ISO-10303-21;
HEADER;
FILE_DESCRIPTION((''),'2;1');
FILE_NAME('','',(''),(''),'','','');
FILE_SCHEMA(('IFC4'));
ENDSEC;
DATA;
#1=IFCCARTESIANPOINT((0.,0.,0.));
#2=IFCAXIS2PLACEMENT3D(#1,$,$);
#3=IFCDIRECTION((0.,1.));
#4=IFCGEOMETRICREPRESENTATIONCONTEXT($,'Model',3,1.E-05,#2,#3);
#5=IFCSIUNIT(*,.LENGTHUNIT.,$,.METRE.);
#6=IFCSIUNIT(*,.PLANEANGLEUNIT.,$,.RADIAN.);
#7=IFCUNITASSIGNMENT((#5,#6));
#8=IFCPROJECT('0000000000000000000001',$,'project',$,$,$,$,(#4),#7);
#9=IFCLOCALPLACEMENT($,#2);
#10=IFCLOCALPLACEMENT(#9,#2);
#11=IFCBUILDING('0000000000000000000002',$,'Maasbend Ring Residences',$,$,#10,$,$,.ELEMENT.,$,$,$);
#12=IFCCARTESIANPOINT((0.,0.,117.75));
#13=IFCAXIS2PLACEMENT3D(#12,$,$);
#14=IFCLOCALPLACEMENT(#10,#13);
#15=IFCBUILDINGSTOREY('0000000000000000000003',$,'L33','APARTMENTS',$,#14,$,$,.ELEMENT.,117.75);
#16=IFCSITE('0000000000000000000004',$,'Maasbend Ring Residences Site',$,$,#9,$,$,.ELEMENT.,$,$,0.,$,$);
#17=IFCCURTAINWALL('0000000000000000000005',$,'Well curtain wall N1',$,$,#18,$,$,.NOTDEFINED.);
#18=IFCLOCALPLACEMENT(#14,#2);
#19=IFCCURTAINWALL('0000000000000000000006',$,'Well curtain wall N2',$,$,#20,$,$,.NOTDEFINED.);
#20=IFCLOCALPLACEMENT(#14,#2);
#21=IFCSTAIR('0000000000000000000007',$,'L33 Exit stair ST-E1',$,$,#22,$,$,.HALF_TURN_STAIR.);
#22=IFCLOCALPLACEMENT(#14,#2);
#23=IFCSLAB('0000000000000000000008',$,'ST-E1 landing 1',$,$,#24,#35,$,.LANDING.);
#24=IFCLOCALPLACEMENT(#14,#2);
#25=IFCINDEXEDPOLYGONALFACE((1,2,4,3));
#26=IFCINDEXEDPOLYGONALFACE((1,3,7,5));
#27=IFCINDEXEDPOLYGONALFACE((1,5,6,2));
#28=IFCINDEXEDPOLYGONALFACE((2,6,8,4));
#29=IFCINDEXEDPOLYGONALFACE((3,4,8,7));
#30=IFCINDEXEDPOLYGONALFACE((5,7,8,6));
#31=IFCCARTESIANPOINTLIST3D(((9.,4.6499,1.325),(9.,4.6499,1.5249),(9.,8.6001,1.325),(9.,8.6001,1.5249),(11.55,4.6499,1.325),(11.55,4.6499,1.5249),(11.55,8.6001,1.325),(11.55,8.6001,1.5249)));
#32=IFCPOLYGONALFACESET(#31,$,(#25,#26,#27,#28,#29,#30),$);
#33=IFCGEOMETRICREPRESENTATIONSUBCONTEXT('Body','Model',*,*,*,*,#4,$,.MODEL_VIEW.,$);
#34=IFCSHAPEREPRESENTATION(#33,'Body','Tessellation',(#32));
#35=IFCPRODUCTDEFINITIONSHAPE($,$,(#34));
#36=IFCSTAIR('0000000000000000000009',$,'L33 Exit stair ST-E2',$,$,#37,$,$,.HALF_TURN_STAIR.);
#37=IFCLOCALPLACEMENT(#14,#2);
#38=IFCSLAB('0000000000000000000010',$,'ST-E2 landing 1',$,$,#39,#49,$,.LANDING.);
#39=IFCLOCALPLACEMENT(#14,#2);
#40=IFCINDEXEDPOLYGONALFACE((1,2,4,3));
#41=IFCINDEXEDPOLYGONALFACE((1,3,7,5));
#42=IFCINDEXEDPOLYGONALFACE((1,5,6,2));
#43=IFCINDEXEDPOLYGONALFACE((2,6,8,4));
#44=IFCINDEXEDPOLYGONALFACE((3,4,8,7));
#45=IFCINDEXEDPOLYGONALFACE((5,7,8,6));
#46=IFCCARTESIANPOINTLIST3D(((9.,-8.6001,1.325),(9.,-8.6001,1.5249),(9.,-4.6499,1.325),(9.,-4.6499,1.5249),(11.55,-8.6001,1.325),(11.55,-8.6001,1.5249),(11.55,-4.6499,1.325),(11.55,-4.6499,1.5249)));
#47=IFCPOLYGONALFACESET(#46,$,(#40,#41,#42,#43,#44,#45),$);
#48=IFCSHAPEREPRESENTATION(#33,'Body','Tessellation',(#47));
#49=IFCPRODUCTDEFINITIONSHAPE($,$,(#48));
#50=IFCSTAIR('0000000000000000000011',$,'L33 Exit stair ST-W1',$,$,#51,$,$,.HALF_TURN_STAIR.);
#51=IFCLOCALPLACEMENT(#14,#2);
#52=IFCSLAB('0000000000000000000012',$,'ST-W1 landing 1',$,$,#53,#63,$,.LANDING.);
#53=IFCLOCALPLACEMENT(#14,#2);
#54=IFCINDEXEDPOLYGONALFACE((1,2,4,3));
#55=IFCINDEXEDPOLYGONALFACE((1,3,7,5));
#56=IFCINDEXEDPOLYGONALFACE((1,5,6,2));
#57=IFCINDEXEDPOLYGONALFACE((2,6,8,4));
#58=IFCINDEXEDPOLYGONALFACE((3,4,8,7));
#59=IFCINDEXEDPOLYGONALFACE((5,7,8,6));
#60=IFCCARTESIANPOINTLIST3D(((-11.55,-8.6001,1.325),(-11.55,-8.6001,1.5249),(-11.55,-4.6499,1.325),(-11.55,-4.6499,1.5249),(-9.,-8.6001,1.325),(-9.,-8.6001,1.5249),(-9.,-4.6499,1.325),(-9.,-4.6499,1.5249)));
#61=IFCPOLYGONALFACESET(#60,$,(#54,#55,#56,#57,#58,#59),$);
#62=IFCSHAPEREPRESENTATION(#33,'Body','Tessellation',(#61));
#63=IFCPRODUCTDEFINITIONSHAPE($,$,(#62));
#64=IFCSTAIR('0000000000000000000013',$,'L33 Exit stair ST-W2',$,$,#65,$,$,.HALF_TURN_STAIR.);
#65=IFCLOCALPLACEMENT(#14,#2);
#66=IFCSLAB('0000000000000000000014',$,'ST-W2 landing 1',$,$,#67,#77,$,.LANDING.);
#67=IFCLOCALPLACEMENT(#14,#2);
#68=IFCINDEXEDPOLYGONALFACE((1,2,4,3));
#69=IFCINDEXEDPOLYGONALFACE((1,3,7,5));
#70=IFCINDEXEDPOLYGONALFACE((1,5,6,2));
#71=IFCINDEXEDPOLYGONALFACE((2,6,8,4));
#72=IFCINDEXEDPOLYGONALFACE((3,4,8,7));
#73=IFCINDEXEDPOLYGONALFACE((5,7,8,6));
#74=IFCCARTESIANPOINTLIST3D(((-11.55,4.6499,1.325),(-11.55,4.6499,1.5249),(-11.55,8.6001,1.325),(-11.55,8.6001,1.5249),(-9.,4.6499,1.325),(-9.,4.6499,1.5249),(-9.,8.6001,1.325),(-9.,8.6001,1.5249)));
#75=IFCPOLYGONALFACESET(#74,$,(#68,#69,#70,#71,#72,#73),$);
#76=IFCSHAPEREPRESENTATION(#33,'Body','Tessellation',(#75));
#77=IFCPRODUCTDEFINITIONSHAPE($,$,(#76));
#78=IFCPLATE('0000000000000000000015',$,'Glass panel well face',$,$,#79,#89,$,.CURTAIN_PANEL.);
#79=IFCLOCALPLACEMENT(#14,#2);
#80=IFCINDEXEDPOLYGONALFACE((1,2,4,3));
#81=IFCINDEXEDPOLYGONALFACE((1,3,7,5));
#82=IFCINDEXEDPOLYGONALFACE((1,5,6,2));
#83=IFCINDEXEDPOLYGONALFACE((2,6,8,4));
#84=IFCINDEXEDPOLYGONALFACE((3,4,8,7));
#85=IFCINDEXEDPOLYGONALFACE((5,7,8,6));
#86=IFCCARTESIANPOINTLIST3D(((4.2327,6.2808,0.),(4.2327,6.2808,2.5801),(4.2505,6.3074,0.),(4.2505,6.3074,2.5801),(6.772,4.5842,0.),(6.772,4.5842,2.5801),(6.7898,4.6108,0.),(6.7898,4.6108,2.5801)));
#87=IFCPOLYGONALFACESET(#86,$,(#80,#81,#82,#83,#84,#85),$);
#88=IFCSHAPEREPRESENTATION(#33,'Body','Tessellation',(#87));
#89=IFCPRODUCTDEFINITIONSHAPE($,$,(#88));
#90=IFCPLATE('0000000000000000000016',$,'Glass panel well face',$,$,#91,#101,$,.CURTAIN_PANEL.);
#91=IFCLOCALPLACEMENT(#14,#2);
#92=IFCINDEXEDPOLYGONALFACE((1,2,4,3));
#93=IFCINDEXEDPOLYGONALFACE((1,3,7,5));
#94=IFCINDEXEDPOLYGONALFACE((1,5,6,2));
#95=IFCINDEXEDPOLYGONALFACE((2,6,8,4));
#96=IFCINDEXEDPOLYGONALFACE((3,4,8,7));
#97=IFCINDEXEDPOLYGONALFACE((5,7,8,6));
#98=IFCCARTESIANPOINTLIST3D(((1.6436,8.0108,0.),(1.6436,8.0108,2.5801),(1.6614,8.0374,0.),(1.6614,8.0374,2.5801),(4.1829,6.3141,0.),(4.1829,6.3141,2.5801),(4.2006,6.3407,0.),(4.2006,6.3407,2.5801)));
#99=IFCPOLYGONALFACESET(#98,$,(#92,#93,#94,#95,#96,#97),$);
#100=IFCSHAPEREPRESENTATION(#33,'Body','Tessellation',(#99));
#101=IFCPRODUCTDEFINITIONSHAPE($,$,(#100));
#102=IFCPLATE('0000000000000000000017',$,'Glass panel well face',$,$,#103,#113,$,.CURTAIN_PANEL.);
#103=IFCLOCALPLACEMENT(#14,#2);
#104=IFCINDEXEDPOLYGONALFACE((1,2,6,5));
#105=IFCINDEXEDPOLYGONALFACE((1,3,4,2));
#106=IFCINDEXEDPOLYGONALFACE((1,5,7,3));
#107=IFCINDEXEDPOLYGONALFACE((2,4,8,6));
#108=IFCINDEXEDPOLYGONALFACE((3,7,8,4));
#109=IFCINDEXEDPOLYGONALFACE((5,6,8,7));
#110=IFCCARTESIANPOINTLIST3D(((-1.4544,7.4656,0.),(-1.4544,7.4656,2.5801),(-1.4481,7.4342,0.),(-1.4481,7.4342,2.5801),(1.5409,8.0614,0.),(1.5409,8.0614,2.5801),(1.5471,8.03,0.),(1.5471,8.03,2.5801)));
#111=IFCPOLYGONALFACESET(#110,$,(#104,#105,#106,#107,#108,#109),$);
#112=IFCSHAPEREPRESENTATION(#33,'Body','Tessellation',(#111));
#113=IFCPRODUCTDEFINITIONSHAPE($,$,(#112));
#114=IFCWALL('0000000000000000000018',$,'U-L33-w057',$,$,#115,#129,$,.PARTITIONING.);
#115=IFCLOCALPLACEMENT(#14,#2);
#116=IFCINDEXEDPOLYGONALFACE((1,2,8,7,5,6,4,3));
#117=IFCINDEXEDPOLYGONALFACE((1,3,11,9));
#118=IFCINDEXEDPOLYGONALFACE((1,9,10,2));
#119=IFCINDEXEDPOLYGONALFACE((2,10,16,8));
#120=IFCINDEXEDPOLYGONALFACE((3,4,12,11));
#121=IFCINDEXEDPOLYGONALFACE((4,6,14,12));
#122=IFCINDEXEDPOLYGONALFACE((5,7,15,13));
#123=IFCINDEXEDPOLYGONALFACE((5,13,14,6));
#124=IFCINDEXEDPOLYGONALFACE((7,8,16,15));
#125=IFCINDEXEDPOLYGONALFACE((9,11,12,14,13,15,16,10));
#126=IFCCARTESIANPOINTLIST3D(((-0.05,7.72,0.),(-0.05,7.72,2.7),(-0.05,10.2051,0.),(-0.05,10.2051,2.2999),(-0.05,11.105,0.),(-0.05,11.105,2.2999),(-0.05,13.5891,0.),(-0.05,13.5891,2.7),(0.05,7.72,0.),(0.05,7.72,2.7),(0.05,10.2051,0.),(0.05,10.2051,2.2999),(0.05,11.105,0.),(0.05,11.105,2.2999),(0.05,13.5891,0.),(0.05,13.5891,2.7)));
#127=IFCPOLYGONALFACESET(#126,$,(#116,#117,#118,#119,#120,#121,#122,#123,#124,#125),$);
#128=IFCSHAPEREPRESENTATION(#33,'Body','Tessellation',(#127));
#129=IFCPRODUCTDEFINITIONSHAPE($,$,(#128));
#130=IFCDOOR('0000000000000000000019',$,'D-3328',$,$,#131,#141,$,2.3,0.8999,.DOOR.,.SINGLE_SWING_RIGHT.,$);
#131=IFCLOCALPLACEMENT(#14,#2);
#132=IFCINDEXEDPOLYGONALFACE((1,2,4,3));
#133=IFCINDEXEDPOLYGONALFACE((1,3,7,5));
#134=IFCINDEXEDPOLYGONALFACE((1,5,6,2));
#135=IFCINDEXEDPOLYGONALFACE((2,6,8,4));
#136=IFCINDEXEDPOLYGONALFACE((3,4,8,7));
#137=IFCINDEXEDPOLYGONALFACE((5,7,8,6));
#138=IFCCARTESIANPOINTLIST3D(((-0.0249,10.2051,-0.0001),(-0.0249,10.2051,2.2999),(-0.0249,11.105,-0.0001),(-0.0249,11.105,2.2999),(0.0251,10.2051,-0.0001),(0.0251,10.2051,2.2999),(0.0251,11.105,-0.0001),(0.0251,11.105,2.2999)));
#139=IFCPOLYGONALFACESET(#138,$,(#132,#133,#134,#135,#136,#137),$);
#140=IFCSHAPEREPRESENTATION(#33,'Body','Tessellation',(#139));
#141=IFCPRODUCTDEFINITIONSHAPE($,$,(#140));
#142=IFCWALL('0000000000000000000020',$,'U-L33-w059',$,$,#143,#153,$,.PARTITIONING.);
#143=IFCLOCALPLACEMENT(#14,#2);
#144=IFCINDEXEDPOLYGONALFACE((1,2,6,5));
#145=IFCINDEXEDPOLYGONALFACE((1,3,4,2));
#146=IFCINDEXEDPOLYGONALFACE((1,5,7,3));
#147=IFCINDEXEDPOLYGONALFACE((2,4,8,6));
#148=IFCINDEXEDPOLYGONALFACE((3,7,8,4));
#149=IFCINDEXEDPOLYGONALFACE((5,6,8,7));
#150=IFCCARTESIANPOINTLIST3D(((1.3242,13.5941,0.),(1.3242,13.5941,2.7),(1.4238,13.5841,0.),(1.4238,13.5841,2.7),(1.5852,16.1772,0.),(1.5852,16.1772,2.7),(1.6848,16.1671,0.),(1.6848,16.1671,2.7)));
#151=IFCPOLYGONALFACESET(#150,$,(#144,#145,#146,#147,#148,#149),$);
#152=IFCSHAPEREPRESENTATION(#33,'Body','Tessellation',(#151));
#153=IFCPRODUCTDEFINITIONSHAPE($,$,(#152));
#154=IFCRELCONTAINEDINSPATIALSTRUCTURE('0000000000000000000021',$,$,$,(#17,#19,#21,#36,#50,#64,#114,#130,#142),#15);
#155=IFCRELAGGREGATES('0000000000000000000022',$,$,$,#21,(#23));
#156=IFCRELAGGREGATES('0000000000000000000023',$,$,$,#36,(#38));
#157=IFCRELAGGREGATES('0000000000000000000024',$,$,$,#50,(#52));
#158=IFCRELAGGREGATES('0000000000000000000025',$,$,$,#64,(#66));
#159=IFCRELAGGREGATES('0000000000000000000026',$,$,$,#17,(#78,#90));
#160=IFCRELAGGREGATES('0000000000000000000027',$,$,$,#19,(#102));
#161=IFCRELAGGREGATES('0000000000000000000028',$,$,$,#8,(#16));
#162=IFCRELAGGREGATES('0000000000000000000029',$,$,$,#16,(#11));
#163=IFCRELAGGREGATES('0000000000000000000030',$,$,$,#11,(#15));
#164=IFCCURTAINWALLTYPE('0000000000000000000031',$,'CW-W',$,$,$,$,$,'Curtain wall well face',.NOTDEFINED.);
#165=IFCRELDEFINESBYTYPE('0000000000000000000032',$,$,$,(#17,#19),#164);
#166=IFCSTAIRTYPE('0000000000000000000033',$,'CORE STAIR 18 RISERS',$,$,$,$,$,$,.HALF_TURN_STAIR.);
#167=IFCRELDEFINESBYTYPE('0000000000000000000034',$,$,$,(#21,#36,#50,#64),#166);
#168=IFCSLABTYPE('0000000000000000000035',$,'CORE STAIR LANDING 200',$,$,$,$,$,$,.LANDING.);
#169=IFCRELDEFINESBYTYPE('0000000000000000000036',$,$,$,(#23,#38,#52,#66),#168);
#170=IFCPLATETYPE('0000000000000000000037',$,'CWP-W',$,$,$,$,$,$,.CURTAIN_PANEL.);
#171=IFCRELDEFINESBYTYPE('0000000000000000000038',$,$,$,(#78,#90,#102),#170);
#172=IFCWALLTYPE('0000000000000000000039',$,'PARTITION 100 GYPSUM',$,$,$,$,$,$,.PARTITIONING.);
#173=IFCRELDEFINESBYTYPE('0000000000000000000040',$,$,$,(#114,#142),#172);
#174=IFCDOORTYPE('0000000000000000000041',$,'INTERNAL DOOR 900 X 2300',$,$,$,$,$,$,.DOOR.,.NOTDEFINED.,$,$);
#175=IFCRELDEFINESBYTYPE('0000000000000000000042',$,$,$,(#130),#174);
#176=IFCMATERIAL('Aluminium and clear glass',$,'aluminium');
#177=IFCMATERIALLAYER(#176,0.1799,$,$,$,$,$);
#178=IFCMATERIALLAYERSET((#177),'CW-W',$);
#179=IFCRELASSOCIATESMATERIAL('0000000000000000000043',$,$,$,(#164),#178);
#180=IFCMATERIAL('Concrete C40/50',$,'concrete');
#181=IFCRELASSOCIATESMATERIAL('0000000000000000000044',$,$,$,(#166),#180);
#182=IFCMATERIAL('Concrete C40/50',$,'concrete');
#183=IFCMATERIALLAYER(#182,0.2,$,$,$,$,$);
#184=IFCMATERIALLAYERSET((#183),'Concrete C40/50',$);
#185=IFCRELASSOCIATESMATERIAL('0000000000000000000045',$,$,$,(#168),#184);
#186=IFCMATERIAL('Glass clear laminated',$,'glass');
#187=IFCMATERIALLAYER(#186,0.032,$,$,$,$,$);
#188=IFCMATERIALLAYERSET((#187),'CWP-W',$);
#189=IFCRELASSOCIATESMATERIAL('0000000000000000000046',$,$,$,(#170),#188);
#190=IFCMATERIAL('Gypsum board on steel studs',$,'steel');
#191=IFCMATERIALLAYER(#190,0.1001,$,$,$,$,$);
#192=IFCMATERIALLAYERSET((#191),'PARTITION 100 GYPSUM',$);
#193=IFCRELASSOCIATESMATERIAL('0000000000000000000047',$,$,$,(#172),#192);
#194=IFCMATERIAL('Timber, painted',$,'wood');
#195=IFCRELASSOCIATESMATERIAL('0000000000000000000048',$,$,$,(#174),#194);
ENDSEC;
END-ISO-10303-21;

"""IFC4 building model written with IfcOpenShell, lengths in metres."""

from ifc_helpers import new_model, si_unit, direction, frame, frame_2d, origin, origin_2d, place, context, subcontext, project, spatial, polyline, rectangle, outline, extrude, material, layer, layer_set, type_object, element, fill, aggregate, save


model = new_model("IFC4")

# Units and contexts
model_context = context("Model", 3, precision=1e-05, world=origin(), true_north=direction((0.0, 1.0)))
body_context = subcontext(model_context, "Body", "Model", "MODEL_VIEW")
ifc_project = project(units=[si_unit("LENGTHUNIT", "METRE"), si_unit("PLANEANGLEUNIT", "RADIAN")], contexts=[model_context])

# Site, building, storey
site_placement = place(None, origin())
site = spatial("IfcSite", under=ifc_project, at=site_placement, Name="Maasbend Ring Residences Site", CompositionType="ELEMENT", RefElevation=0.0)
building_placement = place(site_placement, origin())
building = spatial("IfcBuilding", under=site, at=building_placement, Name="Maasbend Ring Residences", CompositionType="ELEMENT")
storey_placement = place(building_placement, frame((0.0, 0.0, 117.75)))
storey = spatial("IfcBuildingStorey", under=building, at=storey_placement, Name="L33", Description="APARTMENTS", CompositionType="ELEMENT", Elevation=117.75)

# Curtain wall
ifc_material_1 = material(Name="Aluminium and clear glass", Category="aluminium")
ifc_layer_1 = layer(ifc_material_1, 0.1799)
ifc_layer_set_1 = layer_set([ifc_layer_1], Name="CW-W")
curtain_wall_type = type_object("IfcCurtainWallType", Name="CW-W", ElementType="Curtain wall well face", PredefinedType="NOTDEFINED", material=ifc_layer_set_1)
curtain_wall_1_placement = place(storey_placement, origin())
curtain_wall_1 = element("IfcCurtainWall", 1, at=curtain_wall_1_placement, inside=storey, type_object=curtain_wall_type, Name="Well curtain wall N1", PredefinedType="NOTDEFINED")

# Curtain wall
curtain_wall_2_placement = place(storey_placement, origin())
curtain_wall_2 = element("IfcCurtainWall", 2, at=curtain_wall_2_placement, inside=storey, type_object=curtain_wall_type, Name="Well curtain wall N2", PredefinedType="NOTDEFINED")

# Stairs, slabs
ifc_material_2 = material(Name="Concrete C40/50", Category="concrete")
stair_type = type_object("IfcStairType", Name="CORE STAIR 18 RISERS", PredefinedType="HALF_TURN_STAIR", material=ifc_material_2)
stair_1_placement = place(storey_placement, origin())
stair_1 = element("IfcStair", 3, at=stair_1_placement, inside=storey, type_object=stair_type, Name="L33 Exit stair ST-E1", PredefinedType="HALF_TURN_STAIR")
ifc_material_3 = material(Name="Concrete C40/50", Category="concrete")
ifc_layer_2 = layer(ifc_material_3, 0.2)
ifc_layer_set_2 = layer_set([ifc_layer_2], Name="Concrete C40/50")
slab_type = type_object("IfcSlabType", Name="CORE STAIR LANDING 200", PredefinedType="LANDING", material=ifc_layer_set_2)
slab_1_placement = place(storey_placement, frame((0.0, 0.0, 1.325)))
slab_1 = element("IfcSlab", 4, at=slab_1_placement, type_object=slab_type, Name="ST-E1 landing 1", PredefinedType="LANDING", context=body_context, shape_type="SweptSolid", body=[
    extrude(outline(polyline([(11.55, 8.6001), (9.0, 8.6001), (9.0, 4.6499), (11.55, 4.6499), (11.55, 8.6001)])), origin(), (0.0, 0.0, 1.0), 0.2),
])
aggregate(stair_1, [slab_1])
stair_2_placement = place(storey_placement, origin())
stair_2 = element("IfcStair", 5, at=stair_2_placement, inside=storey, type_object=stair_type, Name="L33 Exit stair ST-E2", PredefinedType="HALF_TURN_STAIR")
slab_2_placement = place(storey_placement, frame((0.0, 0.0, 1.325)))
slab_2 = element("IfcSlab", 6, at=slab_2_placement, type_object=slab_type, Name="ST-E2 landing 1", PredefinedType="LANDING", context=body_context, shape_type="SweptSolid", body=[
    extrude(outline(polyline([(11.55, -4.6499), (9.0, -4.6499), (9.0, -8.6001), (11.55, -8.6001), (11.55, -4.6499)])), origin(), (0.0, 0.0, 1.0), 0.2),
])
aggregate(stair_2, [slab_2])
stair_3_placement = place(storey_placement, origin())
stair_3 = element("IfcStair", 7, at=stair_3_placement, inside=storey, type_object=stair_type, Name="L33 Exit stair ST-W1", PredefinedType="HALF_TURN_STAIR")
slab_3_placement = place(storey_placement, frame((0.0, 0.0, 1.325)))
slab_3 = element("IfcSlab", 8, at=slab_3_placement, type_object=slab_type, Name="ST-W1 landing 1", PredefinedType="LANDING", context=body_context, shape_type="SweptSolid", body=[
    extrude(outline(polyline([(-11.55, -8.6001), (-9.0, -8.6001), (-9.0, -4.6499), (-11.55, -4.6499), (-11.55, -8.6001)])), origin(), (0.0, 0.0, 1.0), 0.2),
])
aggregate(stair_3, [slab_3])
stair_4_placement = place(storey_placement, origin())
stair_4 = element("IfcStair", 9, at=stair_4_placement, inside=storey, type_object=stair_type, Name="L33 Exit stair ST-W2", PredefinedType="HALF_TURN_STAIR")
slab_4_placement = place(storey_placement, frame((0.0, 0.0, 1.325)))
slab_4 = element("IfcSlab", 10, at=slab_4_placement, type_object=slab_type, Name="ST-W2 landing 1", PredefinedType="LANDING", context=body_context, shape_type="SweptSolid", body=[
    extrude(outline(polyline([(-11.55, 4.6499), (-9.0, 4.6499), (-9.0, 8.6001), (-11.55, 8.6001), (-11.55, 4.6499)])), origin(), (0.0, 0.0, 1.0), 0.2),
])
aggregate(stair_4, [slab_4])

# Plates
ifc_material_4 = material(Name="Glass clear laminated", Category="glass")
ifc_layer_3 = layer(ifc_material_4, 0.032)
ifc_layer_set_3 = layer_set([ifc_layer_3], Name="CWP-W")
plate_type = type_object("IfcPlateType", Name="CWP-W", PredefinedType="CURTAIN_PANEL", material=ifc_layer_set_3)
plate_1_placement = place(storey_placement, frame((5.5112, 5.4458, 0.0), z_axis=(0.0, 0.0, 1.0), x_axis=(-0.83147, 0.55557, 0.0)))
plate_1 = element("IfcPlate", 11, at=plate_1_placement, type_object=plate_type, Name="Glass panel well face", PredefinedType="CURTAIN_PANEL", context=body_context, shape_type="SweptSolid", body=[
    extrude(rectangle(XDim=3.054, YDim=0.032, at=origin_2d()), origin(), (0.0, 0.0, 1.0), 2.5801),
])
plate_2_placement = place(storey_placement, frame((2.9221, 7.1758, 0.0), z_axis=(0.0, 0.0, 1.0), x_axis=(-0.83147, 0.55557, 0.0)))
plate_2 = element("IfcPlate", 12, at=plate_2_placement, type_object=plate_type, Name="Glass panel well face", PredefinedType="CURTAIN_PANEL", context=body_context, shape_type="SweptSolid", body=[
    extrude(rectangle(XDim=3.054, YDim=0.032, at=origin_2d()), origin(), (0.0, 0.0, 1.0), 2.5801),
])
aggregate(curtain_wall_1, [plate_1, plate_2])
plate_3_placement = place(storey_placement, frame((0.0464, 7.7478, 0.0), z_axis=(0.0, 0.0, 1.0), x_axis=(-0.980785, -0.19509, 0.0)))
plate_3 = element("IfcPlate", 13, at=plate_3_placement, type_object=plate_type, Name="Glass panel well face", PredefinedType="CURTAIN_PANEL", context=body_context, shape_type="SweptSolid", body=[
    extrude(rectangle(XDim=3.054, YDim=0.032, at=origin_2d()), origin(), (0.0, 0.0, 1.0), 2.5801),
])
aggregate(curtain_wall_2, [plate_3])

# Wall, opening, door
ifc_material_5 = material(Name="Gypsum board on steel studs", Category="steel")
ifc_layer_4 = layer(ifc_material_5, 0.1001)
ifc_layer_set_4 = layer_set([ifc_layer_4], Name="PARTITION 100 GYPSUM")
wall_type_1 = type_object("IfcWallType", Name="PARTITION 100 GYPSUM", PredefinedType="PARTITIONING", material=ifc_layer_set_4)
wall_1_placement = place(storey_placement, frame((0.0, 7.72, 0.0), z_axis=(0.0, 0.0, 1.0), x_axis=(0.0, 1.0, 0.0)))
wall_1 = element("IfcWall", 14, at=wall_1_placement, inside=storey, type_object=wall_type_1, Name="U-L33-w057", PredefinedType="PARTITIONING", context=body_context, shape_type="SweptSolid", body=[
    extrude(rectangle(XDim=5.8691, YDim=0.1001, at=frame_2d((2.9346, 0.0))), origin(), (0.0, 0.0, 1.0), 2.7),
])
opening_1_placement = place(wall_1_placement, frame((2.4851, 0.0, 0.0)))
opening_1 = element("IfcOpeningElement", 15, at=opening_1_placement, cuts=wall_1, PredefinedType="OPENING", context=body_context, shape_type="SweptSolid", body=[
    extrude(rectangle(XDim=0.8999, YDim=2.3, at=frame_2d((0.45, 1.1499))), frame((0.0, 0.0601, 0.0), z_axis=(0.0, -1.0, 0.0), x_axis=(1.0, 0.0, 0.0)), (0.0, 0.0, 1.0), 0.1201),
])
ifc_material_6 = material(Name="Timber, painted", Category="wood")
door_type = type_object("IfcDoorType", Name="INTERNAL DOOR 900 X 2300", OperationType="NOTDEFINED", PredefinedType="DOOR", material=ifc_material_6)
door_1_placement = place(opening_1_placement, origin())
door_1 = element("IfcDoor", 16, at=door_1_placement, inside=storey, type_object=door_type, Name="D-3328", OperationType="SINGLE_SWING_RIGHT", OverallHeight=2.3, OverallWidth=0.8999, PredefinedType="DOOR", context=body_context, shape_type="SweptSolid", body=[
    extrude(rectangle(XDim=0.8999, YDim=2.3, at=frame_2d((0.45, 1.1499))), frame((0.0, 0.0249, 0.0), z_axis=(0.0, -1.0, 0.0), x_axis=(1.0, 0.0, 0.0)), (0.0, 0.0, 1.0), 0.05),
])
fill(opening_1, door_1)

# Wall
wall_2_placement = place(storey_placement, frame((1.374, 13.5891, 0.0), z_axis=(0.0, 0.0, 1.0), x_axis=(0.100528, 0.994934, 0.0)))
element("IfcWall", 17, at=wall_2_placement, inside=storey, type_object=wall_type_1, Name="U-L33-w059", PredefinedType="PARTITIONING", context=body_context, shape_type="SweptSolid", body=[
    extrude(rectangle(XDim=2.5962, YDim=0.1001, at=frame_2d((1.2981, 0.0))), origin(), (0.0, 0.0, 1.0), 2.7),
])

save(model, "model.ifc")
